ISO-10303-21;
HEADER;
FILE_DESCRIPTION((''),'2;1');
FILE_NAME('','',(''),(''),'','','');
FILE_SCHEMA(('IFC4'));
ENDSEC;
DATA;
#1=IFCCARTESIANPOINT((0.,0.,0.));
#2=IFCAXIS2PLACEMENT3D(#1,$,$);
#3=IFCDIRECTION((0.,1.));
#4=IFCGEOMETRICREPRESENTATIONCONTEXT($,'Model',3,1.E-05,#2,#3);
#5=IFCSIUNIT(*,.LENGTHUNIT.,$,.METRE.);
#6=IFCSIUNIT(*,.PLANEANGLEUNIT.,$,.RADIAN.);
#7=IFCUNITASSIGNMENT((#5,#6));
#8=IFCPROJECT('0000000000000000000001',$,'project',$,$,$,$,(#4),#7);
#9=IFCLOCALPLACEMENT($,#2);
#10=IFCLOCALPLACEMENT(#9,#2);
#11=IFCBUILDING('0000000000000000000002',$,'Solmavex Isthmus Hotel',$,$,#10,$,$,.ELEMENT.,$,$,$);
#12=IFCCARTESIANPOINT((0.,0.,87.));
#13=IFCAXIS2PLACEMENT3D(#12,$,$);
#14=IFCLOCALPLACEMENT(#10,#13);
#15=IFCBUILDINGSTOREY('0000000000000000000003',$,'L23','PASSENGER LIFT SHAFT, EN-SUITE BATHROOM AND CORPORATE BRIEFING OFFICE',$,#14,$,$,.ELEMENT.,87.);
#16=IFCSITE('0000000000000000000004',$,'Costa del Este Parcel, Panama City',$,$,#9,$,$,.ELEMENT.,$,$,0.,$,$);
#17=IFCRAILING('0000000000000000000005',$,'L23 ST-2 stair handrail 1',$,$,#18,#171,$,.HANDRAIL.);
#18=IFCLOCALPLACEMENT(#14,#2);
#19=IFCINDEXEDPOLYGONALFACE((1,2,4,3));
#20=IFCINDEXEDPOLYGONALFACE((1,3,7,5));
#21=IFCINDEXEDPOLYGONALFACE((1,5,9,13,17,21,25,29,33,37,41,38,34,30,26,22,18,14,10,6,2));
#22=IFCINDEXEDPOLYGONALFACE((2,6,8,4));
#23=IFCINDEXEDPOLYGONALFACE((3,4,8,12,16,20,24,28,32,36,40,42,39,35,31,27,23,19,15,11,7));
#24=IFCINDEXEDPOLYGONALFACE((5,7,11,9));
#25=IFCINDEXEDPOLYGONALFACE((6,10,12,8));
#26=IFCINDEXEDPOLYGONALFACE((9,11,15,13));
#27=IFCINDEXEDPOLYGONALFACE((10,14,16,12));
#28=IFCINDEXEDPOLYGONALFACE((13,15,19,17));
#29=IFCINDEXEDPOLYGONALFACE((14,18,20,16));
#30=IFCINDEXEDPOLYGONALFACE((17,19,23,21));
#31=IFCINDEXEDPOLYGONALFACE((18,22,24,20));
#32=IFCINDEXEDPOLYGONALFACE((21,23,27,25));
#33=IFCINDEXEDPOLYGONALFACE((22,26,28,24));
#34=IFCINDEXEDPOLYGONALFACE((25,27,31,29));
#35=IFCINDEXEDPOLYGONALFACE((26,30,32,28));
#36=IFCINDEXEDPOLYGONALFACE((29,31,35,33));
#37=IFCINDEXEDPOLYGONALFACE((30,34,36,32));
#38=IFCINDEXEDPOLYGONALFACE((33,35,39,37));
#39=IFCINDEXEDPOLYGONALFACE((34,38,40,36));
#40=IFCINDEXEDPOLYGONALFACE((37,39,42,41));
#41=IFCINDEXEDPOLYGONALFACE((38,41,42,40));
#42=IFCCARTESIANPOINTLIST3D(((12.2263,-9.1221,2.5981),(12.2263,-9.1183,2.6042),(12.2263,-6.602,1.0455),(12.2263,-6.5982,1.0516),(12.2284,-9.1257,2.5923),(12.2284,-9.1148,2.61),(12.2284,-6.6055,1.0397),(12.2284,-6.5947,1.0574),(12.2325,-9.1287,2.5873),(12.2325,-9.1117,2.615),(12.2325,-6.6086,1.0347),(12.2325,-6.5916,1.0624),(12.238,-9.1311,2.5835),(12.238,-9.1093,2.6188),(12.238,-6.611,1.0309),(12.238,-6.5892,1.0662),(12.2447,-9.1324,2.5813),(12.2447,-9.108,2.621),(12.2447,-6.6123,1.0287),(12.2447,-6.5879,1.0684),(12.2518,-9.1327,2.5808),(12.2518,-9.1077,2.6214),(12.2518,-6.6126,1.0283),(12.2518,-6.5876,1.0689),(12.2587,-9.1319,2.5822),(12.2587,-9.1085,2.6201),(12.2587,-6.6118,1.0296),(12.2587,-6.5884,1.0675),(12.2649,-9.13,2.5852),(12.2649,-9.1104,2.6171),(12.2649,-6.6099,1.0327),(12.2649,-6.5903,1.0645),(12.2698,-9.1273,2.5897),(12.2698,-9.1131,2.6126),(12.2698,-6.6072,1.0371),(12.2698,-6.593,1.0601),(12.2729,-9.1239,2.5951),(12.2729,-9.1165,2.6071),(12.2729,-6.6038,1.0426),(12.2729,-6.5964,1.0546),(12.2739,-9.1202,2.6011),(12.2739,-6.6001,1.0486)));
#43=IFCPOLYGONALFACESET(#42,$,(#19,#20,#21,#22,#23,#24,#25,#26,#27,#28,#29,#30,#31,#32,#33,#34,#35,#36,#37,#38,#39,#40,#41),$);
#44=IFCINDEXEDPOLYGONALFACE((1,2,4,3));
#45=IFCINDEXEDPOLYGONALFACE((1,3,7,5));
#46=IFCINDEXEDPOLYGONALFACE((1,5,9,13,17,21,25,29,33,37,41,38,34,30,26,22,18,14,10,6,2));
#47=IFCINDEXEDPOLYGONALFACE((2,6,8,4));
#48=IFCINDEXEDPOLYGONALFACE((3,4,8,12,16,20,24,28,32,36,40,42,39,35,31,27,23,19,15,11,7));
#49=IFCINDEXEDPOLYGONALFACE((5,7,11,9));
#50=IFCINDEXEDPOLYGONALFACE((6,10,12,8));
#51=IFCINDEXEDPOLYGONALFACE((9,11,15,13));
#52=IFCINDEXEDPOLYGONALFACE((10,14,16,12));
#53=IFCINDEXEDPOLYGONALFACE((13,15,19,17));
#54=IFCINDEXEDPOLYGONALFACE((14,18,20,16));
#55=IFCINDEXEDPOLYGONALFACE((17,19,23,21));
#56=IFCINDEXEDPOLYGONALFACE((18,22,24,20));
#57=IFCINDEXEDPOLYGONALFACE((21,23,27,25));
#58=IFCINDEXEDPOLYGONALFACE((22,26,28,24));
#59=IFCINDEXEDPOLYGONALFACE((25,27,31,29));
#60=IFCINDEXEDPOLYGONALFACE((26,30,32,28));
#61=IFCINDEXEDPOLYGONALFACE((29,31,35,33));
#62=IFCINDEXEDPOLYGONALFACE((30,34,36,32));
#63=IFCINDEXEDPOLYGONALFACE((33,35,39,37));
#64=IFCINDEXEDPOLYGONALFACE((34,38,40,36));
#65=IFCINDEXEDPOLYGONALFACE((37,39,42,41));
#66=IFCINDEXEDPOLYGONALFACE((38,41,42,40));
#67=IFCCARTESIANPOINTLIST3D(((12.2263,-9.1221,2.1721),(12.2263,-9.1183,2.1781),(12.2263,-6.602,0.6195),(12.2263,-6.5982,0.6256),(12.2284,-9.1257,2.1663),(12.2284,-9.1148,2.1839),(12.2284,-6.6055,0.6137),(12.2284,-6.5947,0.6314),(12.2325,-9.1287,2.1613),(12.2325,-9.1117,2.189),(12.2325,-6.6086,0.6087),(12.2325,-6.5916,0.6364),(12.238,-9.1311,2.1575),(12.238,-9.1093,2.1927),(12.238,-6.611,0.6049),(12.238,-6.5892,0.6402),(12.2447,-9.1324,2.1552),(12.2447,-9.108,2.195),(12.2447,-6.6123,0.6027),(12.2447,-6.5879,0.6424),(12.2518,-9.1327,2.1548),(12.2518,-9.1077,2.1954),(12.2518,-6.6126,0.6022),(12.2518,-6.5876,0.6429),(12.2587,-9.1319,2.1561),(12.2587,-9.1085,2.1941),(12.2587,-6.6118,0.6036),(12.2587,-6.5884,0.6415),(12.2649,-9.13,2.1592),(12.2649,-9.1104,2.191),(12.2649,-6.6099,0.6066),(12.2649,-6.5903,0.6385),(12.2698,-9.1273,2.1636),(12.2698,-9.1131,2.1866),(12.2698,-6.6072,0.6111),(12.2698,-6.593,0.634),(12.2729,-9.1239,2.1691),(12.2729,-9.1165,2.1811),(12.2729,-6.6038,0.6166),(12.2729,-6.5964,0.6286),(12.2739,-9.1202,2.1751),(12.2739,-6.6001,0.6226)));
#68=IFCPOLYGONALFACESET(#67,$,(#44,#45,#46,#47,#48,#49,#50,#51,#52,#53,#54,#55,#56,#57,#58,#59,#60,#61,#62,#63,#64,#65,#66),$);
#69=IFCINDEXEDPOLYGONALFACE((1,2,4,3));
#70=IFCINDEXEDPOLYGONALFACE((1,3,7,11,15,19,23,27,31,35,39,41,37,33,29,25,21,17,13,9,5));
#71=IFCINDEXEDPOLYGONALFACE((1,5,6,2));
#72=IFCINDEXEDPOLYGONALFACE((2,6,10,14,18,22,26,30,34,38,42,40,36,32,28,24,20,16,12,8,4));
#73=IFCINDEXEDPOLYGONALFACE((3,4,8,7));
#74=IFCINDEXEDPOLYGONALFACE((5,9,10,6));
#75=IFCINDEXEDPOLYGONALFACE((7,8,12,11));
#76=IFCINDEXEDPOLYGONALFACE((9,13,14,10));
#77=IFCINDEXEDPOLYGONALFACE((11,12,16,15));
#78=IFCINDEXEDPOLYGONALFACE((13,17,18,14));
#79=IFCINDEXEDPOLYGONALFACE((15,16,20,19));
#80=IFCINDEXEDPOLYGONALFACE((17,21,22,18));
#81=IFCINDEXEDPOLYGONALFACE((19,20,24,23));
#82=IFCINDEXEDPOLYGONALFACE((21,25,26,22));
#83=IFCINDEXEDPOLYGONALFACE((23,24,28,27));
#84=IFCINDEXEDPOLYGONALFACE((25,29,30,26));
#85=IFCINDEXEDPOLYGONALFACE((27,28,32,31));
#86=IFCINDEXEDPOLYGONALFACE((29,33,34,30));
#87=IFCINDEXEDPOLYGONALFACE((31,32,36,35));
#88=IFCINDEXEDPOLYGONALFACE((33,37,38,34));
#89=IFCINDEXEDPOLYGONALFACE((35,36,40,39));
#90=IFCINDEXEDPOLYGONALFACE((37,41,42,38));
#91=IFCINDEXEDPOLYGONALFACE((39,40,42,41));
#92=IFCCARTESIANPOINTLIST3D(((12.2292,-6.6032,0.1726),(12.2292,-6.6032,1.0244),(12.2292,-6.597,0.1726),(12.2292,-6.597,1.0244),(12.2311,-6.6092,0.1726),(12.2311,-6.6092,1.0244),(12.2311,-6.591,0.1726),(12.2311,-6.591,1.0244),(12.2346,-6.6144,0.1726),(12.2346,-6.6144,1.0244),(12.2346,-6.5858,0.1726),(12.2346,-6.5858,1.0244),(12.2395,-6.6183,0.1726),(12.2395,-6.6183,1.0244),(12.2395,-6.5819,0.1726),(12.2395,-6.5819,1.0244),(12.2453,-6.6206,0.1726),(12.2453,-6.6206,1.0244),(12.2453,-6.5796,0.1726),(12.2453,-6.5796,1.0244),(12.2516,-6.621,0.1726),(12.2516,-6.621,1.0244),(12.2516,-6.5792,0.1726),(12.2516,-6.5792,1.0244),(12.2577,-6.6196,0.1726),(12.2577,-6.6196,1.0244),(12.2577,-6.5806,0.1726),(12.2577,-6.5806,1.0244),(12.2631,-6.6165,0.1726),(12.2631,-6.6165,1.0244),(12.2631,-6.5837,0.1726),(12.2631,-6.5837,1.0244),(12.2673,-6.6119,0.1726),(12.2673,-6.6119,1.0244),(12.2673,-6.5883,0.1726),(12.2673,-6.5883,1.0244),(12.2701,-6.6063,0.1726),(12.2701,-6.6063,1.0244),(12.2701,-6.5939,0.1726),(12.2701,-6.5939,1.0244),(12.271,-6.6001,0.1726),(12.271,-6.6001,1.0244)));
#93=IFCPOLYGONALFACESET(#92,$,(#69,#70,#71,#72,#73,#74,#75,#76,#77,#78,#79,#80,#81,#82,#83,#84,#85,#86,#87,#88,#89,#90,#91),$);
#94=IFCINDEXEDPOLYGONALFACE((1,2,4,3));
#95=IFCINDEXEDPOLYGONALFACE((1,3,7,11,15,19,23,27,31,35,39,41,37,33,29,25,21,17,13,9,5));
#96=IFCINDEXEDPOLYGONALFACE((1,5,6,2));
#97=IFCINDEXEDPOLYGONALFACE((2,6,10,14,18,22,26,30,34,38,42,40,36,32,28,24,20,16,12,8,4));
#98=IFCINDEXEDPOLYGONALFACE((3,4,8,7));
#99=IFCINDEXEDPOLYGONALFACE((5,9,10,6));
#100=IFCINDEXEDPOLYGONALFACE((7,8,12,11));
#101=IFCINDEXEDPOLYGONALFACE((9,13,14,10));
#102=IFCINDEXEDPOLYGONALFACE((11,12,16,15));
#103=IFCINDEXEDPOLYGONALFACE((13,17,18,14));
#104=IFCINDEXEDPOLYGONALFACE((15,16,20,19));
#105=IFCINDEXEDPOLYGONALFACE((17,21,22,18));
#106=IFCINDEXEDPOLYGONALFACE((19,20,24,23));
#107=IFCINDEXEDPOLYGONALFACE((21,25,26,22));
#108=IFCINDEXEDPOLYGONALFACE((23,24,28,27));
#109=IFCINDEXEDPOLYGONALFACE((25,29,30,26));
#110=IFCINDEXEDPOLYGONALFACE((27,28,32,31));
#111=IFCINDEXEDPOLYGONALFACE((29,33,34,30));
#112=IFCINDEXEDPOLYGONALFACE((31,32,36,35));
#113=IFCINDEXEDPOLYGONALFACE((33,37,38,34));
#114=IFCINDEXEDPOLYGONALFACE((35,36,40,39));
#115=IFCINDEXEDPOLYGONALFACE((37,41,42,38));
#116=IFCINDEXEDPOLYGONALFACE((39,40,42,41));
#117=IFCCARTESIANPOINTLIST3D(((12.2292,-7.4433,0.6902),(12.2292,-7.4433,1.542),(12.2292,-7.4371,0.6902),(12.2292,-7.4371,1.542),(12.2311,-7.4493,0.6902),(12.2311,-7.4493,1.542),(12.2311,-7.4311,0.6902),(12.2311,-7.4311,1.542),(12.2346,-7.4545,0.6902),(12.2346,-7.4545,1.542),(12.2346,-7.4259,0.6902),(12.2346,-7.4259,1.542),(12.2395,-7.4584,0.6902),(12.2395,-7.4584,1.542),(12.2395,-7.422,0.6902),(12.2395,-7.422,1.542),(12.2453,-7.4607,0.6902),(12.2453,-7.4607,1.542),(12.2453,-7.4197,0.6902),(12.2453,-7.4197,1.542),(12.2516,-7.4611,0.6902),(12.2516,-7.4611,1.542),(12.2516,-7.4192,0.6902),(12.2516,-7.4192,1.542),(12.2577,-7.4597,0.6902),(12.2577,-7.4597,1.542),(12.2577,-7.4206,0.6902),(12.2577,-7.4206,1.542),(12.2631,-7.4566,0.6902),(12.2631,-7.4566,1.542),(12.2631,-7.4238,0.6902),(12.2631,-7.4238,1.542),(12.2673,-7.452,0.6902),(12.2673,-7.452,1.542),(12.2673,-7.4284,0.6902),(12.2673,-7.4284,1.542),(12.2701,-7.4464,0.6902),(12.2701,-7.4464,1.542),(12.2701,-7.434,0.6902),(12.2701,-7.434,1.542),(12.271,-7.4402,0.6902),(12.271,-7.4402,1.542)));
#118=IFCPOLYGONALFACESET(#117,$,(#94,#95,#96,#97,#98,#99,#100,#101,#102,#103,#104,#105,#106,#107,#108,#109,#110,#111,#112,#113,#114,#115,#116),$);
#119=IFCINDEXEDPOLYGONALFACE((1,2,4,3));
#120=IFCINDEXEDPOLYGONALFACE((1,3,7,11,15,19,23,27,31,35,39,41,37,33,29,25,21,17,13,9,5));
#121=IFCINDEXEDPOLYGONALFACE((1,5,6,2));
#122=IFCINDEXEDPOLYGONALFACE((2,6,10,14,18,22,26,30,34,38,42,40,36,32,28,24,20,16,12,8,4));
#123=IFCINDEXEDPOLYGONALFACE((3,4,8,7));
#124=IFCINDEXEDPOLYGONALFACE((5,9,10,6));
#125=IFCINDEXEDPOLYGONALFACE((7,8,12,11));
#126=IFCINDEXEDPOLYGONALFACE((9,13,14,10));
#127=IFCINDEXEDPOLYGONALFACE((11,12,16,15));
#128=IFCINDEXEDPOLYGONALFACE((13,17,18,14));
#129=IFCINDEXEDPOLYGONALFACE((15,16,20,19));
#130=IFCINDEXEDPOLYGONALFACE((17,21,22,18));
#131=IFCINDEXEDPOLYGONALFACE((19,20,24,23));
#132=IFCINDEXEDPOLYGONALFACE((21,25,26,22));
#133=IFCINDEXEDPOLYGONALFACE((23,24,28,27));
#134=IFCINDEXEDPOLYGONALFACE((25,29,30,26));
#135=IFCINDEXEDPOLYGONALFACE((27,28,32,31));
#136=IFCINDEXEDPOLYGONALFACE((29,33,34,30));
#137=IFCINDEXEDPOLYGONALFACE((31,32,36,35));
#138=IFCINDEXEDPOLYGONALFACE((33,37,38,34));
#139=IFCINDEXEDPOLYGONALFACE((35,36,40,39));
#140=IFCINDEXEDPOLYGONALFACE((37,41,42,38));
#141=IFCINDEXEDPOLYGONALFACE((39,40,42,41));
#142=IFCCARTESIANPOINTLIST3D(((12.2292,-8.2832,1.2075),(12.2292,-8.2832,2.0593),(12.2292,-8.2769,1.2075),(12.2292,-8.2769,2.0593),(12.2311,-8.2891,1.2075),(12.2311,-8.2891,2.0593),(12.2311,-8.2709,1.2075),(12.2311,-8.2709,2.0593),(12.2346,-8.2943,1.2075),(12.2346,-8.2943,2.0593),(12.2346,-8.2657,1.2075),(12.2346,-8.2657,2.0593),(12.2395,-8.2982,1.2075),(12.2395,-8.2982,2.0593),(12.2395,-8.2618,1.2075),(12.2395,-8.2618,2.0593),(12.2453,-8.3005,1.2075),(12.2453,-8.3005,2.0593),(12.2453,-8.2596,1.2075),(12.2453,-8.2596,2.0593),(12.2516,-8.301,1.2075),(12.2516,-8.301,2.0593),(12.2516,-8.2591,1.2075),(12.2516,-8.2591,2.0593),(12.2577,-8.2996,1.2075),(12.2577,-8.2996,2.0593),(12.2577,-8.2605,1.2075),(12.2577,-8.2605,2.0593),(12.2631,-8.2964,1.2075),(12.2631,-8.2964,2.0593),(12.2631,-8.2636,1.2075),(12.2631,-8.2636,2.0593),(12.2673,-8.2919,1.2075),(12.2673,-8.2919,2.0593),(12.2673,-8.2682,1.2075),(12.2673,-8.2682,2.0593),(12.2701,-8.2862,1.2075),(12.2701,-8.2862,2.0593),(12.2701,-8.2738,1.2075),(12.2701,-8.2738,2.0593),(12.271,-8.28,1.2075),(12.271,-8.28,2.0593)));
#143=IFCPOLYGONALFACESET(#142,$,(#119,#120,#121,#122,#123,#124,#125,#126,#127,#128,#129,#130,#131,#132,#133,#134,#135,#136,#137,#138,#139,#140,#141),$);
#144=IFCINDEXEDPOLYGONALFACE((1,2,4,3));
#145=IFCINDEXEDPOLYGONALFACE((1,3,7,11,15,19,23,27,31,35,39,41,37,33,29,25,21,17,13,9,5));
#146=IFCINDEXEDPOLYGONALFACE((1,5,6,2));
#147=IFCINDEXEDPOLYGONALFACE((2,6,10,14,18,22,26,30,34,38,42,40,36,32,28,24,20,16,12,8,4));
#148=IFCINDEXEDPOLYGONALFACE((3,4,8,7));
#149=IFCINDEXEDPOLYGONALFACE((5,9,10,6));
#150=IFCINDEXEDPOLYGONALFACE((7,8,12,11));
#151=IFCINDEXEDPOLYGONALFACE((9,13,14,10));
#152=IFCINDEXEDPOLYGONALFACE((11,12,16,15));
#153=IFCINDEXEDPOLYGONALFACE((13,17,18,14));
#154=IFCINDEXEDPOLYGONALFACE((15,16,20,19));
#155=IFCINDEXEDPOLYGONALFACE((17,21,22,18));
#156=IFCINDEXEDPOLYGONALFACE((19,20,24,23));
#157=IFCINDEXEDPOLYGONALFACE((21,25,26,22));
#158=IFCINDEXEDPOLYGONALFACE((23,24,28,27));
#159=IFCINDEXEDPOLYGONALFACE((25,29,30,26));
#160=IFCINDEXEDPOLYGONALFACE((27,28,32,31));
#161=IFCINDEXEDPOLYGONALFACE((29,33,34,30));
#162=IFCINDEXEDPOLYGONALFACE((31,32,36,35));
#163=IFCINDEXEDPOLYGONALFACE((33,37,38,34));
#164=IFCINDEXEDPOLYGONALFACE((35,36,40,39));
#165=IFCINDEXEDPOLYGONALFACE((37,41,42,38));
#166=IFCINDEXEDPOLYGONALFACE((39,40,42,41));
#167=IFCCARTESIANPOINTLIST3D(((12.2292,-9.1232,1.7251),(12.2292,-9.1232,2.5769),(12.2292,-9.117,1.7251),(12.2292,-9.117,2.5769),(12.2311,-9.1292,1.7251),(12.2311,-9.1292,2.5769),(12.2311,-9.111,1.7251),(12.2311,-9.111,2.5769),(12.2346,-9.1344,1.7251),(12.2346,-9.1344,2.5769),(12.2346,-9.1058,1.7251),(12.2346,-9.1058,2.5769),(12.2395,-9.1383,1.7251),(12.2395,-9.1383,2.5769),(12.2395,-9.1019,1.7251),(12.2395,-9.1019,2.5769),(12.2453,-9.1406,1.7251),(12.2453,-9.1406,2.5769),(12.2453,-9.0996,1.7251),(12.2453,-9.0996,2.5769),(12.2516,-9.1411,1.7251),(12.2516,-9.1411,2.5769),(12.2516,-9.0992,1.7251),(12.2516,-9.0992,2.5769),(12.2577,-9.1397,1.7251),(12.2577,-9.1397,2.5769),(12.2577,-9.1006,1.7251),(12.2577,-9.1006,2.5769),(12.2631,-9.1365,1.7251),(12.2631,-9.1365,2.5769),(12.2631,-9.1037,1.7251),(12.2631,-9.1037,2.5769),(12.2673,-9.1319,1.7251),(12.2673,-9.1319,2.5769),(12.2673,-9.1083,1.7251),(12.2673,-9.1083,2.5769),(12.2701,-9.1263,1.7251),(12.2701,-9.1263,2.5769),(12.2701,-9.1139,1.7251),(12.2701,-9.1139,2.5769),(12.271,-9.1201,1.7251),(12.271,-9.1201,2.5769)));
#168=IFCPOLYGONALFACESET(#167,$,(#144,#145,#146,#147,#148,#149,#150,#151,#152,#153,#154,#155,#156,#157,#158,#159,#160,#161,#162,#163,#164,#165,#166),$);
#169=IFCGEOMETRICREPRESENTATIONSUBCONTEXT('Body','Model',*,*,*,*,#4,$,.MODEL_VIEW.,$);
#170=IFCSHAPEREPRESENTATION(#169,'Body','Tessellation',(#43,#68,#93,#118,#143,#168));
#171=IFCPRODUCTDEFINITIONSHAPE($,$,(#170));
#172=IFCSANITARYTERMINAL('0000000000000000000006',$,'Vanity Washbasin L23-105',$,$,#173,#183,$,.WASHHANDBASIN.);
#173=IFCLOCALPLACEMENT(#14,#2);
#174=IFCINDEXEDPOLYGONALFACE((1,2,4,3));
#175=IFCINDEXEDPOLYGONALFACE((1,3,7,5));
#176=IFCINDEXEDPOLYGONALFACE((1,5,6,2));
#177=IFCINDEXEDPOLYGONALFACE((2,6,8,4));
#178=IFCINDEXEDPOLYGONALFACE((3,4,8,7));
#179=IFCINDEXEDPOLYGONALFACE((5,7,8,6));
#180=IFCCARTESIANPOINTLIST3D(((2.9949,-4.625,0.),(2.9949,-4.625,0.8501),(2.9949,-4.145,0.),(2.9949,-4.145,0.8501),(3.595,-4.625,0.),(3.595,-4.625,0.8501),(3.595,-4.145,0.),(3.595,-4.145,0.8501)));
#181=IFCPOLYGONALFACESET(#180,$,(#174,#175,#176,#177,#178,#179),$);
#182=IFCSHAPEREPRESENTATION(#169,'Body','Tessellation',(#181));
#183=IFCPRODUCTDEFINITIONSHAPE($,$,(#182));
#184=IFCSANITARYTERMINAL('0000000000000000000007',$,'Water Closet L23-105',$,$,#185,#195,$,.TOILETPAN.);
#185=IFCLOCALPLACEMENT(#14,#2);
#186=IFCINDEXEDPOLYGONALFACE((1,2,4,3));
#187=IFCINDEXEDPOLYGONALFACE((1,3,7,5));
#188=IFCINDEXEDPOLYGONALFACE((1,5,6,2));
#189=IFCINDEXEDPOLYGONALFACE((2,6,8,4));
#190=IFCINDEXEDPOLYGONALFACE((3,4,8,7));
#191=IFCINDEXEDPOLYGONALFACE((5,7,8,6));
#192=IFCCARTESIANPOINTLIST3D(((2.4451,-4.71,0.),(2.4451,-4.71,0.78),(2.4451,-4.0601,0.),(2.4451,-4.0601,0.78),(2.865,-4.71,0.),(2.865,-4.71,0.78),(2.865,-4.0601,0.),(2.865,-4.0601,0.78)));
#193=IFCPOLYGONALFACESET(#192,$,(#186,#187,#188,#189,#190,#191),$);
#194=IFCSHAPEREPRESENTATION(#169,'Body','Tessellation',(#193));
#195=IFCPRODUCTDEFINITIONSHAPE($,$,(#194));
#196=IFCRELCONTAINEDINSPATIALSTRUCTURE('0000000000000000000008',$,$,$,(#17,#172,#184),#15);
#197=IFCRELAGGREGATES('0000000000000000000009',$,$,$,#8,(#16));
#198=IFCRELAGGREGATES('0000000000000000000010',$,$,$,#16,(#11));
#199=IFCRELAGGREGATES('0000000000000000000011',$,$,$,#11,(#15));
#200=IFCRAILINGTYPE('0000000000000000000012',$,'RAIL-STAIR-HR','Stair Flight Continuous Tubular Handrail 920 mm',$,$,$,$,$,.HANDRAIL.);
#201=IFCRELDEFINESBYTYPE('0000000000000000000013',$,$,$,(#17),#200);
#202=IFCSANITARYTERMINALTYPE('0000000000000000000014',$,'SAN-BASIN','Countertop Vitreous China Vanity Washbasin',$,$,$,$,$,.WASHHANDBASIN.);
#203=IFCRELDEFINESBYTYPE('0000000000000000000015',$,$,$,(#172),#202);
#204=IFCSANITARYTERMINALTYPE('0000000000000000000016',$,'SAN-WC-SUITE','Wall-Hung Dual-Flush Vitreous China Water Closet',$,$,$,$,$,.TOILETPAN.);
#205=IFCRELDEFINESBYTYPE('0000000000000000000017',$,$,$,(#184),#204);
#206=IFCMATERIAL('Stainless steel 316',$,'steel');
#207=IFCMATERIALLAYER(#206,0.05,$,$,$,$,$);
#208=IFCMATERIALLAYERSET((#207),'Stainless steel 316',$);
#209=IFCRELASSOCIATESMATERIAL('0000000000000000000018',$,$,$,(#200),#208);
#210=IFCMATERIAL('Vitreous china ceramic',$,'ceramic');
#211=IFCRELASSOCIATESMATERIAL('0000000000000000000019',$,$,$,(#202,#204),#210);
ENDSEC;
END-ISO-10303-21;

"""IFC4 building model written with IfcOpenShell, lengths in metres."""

from ifc_helpers import new_model, si_unit, direction, frame, origin, origin_2d, place, context, subcontext, project, spatial, rectangle, circle, extrude, material, layer, layer_set, type_object, element, save


model = new_model("IFC4")

# Units and contexts
model_context = context("Model", 3, precision=1e-05, world=origin(), true_north=direction((0.0, 1.0)))
body_context = subcontext(model_context, "Body", "Model", "MODEL_VIEW")
ifc_project = project(units=[si_unit("LENGTHUNIT", "METRE"), si_unit("PLANEANGLEUNIT", "RADIAN")], contexts=[model_context])

# Site, building, storey
site_placement = place(None, origin())
site = spatial("IfcSite", under=ifc_project, at=site_placement, Name="Costa del Este Parcel, Panama City", CompositionType="ELEMENT", RefElevation=0.0)
building_placement = place(site_placement, origin())
building = spatial("IfcBuilding", under=site, at=building_placement, Name="Solmavex Isthmus Hotel", CompositionType="ELEMENT")
storey_placement = place(building_placement, frame((0.0, 0.0, 87.0)))
storey = spatial("IfcBuildingStorey", under=building, at=storey_placement, Name="L23", Description="PASSENGER LIFT SHAFT, EN-SUITE BATHROOM AND CORPORATE BRIEFING OFFICE", CompositionType="ELEMENT", Elevation=87.0)

# Shared definitions
ifc_material_1 = material(Name="Stainless steel 316", Category="steel")

# Railing
ifc_layer_1 = layer(ifc_material_1, 0.05)
ifc_layer_set_1 = layer_set([ifc_layer_1], Name="Stainless steel 316")
railing_type = type_object("IfcRailingType", Name="RAIL-STAIR-HR", Description="Stair Flight Continuous Tubular Handrail 920 mm", PredefinedType="HANDRAIL", material=ifc_layer_set_1)
railing_placement = place(storey_placement, frame((12.25, -6.6001, 0.1726)))
element("IfcRailing", 1, at=railing_placement, inside=storey, type_object=railing_type, Name="L23 ST-2 stair handrail 1", PredefinedType="HANDRAIL", context=body_context, shape_type="SweptSolid", body=[
    extrude(circle(Radius=0.0239, at=origin_2d()), frame((0.0, 0.0, 0.876), z_axis=(0.0, -0.8514, 0.524516), x_axis=(1.0, 0.0, 0.0)), (0.0, 0.0, 1.0), 2.96),
    extrude(circle(Radius=0.0239, at=origin_2d()), frame((0.0, 0.0, 0.45), z_axis=(0.0, -0.8514, 0.524516), x_axis=(1.0, 0.0, 0.0)), (0.0, 0.0, 1.0), 2.96),
    extrude(circle(Radius=0.021, at=origin_2d()), origin(), (0.0, 0.0, 1.0), 0.8518),
    extrude(circle(Radius=0.021, at=origin_2d()), frame((0.0, -0.8401, 0.5176)), (0.0, 0.0, 1.0), 0.8518),
    extrude(circle(Radius=0.021, at=origin_2d()), frame((0.0, -1.6799, 1.0349)), (0.0, 0.0, 1.0), 0.8518),
    extrude(circle(Radius=0.021, at=origin_2d()), frame((0.0, -2.52, 1.5525)), (0.0, 0.0, 1.0), 0.8518),
])

# Sanitary terminals
ifc_material_2 = material(Name="Vitreous china ceramic", Category="ceramic")
sanitary_terminal_type_1 = type_object("IfcSanitaryTerminalType", Name="SAN-BASIN", Description="Countertop Vitreous China Vanity Washbasin", PredefinedType="WASHHANDBASIN", material=ifc_material_2)
sanitary_terminal_1_placement = place(storey_placement, frame((3.2949, -4.385, 0.0), z_axis=(0.0, 0.0, 1.0), x_axis=(1.0, 0.0, 0.0)))
element("IfcSanitaryTerminal", 2, at=sanitary_terminal_1_placement, inside=storey, type_object=sanitary_terminal_type_1, Name="Vanity Washbasin L23-105", PredefinedType="WASHHANDBASIN", context=body_context, shape_type="SweptSolid", body=[
    extrude(rectangle(XDim=0.6001, YDim=0.48, at=origin_2d()), origin(), (0.0, 0.0, 1.0), 0.8501),
])
sanitary_terminal_type_2 = type_object("IfcSanitaryTerminalType", Name="SAN-WC-SUITE", Description="Wall-Hung Dual-Flush Vitreous China Water Closet", PredefinedType="TOILETPAN", material=ifc_material_2)
sanitary_terminal_2_placement = place(storey_placement, frame((2.655, -4.385, 0.0), z_axis=(0.0, 0.0, 1.0), x_axis=(1.0, 0.0, 0.0)))
element("IfcSanitaryTerminal", 3, at=sanitary_terminal_2_placement, inside=storey, type_object=sanitary_terminal_type_2, Name="Water Closet L23-105", PredefinedType="TOILETPAN", context=body_context, shape_type="SweptSolid", body=[
    extrude(rectangle(XDim=0.4199, YDim=0.6499, at=origin_2d()), origin(), (0.0, 0.0, 1.0), 0.78),
])

save(model, "model.ifc")
